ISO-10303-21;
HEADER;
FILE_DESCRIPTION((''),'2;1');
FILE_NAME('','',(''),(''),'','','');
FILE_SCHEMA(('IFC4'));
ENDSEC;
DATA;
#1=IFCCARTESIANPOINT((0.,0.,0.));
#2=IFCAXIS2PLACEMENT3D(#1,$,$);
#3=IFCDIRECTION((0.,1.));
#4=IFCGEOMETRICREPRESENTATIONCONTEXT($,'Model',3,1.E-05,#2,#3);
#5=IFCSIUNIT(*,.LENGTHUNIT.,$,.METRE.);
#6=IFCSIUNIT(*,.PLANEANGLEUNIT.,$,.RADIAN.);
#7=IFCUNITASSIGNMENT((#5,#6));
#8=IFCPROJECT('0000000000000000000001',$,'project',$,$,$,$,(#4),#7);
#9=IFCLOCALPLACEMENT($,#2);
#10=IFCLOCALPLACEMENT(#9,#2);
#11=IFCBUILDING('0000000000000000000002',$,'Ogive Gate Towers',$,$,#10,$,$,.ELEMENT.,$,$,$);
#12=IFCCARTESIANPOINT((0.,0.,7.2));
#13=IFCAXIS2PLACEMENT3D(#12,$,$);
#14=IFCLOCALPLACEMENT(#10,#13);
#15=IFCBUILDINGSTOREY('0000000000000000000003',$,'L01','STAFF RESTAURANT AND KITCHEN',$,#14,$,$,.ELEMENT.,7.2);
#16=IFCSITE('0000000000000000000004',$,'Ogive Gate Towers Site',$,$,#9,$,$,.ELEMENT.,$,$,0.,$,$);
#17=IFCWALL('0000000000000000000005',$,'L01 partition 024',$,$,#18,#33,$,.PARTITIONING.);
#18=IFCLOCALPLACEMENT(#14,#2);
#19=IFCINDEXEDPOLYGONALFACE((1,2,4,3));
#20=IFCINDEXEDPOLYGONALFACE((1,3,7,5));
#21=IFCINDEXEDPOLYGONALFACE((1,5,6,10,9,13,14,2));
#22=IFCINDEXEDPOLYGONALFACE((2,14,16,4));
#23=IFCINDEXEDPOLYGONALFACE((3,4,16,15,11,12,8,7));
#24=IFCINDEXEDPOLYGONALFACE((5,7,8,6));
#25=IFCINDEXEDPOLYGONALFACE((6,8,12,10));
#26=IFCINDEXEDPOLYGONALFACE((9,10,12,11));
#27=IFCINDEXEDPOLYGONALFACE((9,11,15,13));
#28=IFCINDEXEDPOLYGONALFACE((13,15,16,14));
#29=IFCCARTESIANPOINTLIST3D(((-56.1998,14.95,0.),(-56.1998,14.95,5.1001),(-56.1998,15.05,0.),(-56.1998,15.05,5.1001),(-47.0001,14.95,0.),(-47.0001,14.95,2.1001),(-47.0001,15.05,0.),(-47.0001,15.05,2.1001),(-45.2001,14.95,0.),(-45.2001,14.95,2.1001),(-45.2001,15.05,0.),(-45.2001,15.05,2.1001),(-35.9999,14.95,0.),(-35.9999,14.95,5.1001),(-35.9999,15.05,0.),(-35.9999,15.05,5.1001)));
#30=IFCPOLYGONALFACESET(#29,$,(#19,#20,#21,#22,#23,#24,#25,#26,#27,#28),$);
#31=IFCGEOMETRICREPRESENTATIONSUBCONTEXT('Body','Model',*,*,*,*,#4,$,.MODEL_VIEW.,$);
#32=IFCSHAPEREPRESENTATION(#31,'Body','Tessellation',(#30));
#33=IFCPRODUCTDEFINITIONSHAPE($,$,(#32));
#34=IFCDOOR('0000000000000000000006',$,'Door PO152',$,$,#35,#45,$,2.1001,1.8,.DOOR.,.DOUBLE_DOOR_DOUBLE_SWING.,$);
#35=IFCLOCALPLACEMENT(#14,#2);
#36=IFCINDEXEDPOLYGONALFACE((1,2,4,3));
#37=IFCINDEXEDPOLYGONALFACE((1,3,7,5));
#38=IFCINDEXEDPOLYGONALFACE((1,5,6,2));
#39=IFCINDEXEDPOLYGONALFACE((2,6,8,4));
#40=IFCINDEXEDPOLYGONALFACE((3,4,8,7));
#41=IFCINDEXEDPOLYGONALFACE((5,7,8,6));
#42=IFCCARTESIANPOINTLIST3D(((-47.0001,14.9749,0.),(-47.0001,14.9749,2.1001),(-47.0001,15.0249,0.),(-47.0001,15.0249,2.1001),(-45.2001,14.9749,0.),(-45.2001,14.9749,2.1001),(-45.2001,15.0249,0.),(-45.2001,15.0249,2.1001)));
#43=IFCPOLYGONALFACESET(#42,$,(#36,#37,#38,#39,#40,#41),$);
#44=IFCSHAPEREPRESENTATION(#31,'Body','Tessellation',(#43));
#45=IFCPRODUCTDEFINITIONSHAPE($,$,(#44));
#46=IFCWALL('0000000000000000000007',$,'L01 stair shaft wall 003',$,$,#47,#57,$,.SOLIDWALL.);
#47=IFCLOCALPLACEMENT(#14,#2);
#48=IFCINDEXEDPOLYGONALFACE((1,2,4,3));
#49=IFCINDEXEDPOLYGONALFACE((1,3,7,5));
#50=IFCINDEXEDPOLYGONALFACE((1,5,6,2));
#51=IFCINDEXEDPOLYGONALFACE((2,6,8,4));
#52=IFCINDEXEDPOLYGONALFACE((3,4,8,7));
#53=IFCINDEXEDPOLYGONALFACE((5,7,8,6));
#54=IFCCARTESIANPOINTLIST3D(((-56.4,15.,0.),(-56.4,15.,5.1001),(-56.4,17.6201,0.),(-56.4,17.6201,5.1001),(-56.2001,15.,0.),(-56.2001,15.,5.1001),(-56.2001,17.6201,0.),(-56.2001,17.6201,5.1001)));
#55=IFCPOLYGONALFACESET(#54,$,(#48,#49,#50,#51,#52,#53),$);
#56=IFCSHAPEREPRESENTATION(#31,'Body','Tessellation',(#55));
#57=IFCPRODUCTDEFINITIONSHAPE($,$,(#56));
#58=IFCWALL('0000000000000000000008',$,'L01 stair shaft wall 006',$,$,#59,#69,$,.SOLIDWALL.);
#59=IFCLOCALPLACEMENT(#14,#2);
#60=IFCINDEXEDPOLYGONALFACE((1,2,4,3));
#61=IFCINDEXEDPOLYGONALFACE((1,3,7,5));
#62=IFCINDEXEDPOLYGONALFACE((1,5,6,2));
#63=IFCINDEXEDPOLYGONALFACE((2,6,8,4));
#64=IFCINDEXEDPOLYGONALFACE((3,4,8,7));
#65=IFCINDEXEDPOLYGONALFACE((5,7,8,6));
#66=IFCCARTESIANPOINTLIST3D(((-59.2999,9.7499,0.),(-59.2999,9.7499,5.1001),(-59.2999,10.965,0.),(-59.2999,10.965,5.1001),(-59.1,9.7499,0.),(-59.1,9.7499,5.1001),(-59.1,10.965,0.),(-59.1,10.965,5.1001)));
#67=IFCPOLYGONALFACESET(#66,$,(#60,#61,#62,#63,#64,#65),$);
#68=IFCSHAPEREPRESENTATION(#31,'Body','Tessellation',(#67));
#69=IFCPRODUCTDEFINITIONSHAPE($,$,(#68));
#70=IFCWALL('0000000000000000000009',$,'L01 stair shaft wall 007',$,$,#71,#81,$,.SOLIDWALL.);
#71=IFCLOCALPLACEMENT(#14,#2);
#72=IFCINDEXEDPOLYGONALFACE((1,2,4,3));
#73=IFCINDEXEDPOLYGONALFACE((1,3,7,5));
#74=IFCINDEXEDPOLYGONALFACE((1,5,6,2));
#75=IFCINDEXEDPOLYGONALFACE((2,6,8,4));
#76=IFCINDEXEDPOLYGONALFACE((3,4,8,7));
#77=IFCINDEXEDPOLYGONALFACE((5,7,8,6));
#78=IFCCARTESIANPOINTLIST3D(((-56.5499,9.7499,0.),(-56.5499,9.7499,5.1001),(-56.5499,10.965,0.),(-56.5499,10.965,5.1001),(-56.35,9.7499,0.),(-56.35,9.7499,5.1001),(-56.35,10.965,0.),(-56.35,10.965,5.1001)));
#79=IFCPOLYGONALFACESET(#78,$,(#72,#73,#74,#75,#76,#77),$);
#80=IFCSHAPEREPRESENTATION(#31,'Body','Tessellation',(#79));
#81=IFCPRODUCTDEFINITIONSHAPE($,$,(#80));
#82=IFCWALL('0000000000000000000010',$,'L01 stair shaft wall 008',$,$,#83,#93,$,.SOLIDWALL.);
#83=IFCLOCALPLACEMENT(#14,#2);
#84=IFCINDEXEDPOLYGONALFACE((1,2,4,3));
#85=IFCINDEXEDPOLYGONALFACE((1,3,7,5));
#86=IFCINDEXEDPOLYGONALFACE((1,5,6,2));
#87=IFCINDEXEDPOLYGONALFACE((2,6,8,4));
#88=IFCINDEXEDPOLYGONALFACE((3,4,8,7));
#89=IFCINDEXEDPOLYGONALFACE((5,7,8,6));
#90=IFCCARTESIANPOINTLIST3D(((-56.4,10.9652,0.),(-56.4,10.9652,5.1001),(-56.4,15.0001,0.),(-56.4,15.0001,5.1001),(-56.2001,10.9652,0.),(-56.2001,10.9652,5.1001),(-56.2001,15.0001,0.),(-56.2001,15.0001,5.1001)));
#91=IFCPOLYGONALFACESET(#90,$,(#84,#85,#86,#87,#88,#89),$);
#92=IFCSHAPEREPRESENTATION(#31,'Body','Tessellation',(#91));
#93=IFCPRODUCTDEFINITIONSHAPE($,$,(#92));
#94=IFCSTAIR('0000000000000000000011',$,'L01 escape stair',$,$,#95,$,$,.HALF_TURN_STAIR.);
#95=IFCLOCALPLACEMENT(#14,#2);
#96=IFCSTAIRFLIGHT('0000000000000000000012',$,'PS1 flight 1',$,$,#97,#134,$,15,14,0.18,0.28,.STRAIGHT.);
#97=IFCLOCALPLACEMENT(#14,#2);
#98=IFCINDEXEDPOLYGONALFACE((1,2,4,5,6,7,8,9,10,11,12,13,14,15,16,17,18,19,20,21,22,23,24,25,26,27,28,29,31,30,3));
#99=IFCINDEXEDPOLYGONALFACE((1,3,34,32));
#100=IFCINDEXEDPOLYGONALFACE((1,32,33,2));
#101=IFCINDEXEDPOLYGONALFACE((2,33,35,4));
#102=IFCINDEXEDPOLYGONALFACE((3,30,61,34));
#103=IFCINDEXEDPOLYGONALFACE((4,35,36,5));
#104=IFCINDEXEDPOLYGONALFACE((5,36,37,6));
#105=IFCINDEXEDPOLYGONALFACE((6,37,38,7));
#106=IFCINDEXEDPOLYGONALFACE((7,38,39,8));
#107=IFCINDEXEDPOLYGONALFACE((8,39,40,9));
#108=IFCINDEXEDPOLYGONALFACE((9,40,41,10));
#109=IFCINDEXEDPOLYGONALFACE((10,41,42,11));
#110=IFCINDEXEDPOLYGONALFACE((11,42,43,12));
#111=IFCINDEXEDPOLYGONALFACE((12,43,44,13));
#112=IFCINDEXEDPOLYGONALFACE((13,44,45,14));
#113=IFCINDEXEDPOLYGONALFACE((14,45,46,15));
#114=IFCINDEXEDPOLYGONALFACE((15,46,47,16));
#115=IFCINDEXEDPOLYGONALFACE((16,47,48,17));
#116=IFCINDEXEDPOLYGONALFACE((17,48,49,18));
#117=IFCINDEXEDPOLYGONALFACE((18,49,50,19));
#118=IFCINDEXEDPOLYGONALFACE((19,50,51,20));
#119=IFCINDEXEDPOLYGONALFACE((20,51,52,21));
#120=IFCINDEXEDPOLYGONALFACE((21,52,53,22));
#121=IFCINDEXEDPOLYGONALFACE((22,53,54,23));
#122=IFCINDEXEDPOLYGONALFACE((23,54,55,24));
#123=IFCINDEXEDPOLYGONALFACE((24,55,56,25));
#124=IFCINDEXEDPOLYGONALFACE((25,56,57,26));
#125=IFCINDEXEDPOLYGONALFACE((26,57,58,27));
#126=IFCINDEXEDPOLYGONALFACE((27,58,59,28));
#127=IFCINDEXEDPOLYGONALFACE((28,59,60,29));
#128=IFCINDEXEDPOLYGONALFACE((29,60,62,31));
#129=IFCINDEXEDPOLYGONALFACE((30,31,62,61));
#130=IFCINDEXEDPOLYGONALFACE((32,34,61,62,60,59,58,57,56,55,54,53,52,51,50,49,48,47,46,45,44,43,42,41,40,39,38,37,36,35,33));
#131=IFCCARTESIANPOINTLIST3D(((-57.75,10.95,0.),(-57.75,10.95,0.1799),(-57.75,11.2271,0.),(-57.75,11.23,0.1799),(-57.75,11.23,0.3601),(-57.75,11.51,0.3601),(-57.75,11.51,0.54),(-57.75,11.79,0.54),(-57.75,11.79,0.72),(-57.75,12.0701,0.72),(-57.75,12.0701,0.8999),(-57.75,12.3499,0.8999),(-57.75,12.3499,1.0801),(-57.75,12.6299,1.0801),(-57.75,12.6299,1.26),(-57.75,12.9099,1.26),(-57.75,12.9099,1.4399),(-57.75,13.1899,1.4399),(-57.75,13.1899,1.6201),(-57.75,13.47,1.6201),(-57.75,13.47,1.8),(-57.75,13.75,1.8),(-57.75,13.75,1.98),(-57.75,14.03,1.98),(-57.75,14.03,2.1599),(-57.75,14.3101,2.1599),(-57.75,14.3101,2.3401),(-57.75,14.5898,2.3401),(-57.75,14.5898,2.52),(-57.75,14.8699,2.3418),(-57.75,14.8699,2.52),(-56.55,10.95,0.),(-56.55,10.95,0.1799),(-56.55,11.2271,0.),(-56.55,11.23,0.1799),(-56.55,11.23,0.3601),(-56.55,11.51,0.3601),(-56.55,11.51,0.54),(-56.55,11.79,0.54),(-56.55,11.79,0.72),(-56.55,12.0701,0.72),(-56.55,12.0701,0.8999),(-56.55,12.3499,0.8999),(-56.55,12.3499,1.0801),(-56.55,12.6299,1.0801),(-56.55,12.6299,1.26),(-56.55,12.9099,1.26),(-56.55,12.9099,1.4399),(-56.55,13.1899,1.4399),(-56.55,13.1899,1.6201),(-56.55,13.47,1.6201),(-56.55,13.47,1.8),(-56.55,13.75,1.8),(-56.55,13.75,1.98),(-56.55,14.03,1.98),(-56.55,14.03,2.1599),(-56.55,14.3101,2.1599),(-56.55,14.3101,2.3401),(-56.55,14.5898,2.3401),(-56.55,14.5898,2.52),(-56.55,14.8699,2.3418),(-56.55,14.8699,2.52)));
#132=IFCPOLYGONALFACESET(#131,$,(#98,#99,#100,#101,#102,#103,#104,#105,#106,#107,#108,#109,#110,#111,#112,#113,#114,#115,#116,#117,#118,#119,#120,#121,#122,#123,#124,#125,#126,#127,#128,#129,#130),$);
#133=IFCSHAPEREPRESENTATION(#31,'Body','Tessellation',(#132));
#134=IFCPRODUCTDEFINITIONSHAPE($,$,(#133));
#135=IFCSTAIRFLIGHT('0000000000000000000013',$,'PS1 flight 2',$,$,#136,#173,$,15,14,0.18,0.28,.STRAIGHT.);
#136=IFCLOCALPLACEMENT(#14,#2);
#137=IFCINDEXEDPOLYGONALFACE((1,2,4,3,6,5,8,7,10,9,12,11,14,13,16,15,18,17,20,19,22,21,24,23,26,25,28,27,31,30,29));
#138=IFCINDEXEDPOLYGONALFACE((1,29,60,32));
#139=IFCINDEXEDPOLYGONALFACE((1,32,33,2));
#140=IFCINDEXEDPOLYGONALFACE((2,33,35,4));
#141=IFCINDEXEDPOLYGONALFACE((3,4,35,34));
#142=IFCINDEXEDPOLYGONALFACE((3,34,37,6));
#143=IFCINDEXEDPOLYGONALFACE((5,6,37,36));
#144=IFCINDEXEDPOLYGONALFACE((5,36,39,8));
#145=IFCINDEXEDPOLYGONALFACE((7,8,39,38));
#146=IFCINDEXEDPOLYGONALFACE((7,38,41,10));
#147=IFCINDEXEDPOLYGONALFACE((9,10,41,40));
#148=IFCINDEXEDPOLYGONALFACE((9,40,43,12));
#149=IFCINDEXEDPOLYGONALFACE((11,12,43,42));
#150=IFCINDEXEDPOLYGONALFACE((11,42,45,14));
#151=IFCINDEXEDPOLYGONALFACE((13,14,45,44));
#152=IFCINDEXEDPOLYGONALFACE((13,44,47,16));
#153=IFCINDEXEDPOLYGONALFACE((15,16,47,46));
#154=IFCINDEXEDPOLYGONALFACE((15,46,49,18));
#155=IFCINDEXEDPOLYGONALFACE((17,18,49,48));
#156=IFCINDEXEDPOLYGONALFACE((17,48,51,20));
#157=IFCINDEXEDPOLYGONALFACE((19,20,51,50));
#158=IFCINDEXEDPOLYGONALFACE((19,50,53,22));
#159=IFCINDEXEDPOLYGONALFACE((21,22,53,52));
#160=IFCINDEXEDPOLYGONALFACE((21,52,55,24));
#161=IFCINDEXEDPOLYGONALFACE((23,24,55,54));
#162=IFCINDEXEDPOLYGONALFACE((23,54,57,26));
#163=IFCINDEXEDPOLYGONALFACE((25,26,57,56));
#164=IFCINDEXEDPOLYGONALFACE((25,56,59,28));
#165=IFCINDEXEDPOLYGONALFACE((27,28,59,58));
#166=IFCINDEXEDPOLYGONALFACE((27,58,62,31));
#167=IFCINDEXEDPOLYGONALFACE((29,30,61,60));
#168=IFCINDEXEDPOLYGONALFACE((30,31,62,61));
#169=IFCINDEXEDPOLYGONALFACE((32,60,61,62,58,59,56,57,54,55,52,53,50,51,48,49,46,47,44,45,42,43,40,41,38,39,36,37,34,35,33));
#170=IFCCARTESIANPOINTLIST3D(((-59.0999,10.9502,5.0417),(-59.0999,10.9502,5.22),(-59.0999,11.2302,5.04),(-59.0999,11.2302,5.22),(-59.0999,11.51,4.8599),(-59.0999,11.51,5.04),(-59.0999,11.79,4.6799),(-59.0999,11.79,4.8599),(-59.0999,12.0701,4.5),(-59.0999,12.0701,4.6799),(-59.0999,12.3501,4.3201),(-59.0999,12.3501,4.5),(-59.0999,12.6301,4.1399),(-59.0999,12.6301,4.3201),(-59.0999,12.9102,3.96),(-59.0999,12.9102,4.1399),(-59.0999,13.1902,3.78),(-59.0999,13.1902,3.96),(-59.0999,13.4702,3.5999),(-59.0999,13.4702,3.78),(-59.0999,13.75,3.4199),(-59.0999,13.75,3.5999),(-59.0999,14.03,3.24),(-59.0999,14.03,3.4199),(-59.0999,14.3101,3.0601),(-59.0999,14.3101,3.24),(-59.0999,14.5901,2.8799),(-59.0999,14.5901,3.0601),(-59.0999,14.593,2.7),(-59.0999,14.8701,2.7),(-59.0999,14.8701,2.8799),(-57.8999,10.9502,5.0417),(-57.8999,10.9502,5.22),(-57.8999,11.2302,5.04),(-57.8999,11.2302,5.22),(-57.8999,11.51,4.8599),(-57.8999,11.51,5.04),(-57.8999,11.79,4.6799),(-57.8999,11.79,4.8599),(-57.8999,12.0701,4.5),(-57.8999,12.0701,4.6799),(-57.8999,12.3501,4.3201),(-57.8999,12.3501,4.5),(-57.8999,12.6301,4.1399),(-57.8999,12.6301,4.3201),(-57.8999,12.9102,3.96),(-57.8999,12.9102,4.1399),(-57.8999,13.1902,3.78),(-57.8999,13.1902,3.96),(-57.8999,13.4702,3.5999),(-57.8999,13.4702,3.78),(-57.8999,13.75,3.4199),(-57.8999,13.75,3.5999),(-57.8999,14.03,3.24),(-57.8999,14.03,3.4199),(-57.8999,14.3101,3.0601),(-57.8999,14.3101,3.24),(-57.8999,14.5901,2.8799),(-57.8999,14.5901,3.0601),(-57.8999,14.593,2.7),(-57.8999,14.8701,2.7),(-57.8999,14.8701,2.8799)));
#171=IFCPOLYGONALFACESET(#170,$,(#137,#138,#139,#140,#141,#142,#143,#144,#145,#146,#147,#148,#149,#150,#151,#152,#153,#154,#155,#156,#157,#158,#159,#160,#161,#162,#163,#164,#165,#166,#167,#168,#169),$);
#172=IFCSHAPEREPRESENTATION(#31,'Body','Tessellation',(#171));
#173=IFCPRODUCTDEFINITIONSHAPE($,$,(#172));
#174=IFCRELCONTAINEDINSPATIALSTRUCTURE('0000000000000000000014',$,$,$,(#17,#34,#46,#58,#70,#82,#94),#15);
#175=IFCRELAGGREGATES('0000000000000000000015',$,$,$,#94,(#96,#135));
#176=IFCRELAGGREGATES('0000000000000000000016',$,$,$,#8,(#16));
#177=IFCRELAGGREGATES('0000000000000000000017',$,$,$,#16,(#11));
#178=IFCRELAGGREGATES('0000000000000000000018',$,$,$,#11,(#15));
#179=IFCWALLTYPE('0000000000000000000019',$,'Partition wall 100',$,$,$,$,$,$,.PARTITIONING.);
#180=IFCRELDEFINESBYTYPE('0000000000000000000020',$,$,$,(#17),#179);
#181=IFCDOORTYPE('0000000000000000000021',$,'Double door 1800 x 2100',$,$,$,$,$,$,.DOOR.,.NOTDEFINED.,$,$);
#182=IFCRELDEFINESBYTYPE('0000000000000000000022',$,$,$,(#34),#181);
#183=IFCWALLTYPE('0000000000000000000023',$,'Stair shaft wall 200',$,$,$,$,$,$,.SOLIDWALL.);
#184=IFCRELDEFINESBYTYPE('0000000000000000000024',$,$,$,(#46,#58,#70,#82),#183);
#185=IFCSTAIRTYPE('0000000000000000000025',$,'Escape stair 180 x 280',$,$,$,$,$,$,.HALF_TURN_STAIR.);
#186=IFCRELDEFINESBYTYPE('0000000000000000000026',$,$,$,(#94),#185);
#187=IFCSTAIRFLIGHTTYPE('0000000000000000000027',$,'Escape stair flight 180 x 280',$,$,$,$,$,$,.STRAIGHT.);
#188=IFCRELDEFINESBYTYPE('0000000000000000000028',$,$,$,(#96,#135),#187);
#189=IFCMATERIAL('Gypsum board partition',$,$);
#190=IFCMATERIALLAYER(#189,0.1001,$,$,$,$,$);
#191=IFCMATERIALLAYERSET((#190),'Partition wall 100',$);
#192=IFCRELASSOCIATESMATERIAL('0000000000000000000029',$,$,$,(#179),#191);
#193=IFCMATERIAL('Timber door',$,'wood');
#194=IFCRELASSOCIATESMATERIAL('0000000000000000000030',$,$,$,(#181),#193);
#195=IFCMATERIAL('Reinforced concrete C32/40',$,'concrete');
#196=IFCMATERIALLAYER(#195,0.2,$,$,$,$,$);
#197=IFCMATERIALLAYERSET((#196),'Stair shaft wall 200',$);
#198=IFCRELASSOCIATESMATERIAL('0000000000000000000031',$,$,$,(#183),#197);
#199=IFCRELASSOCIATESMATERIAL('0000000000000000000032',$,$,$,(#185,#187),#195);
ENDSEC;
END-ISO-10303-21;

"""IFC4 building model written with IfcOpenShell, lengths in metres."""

from ifc_helpers import new_model, si_unit, direction, frame, frame_2d, origin, place, context, subcontext, project, spatial, polyline, rectangle, outline, extrude, material, layer, layer_set, type_object, element, fill, aggregate, save


model = new_model("IFC4")

# Units and contexts
model_context = context("Model", 3, precision=1e-05, world=origin(), true_north=direction((0.0, 1.0)))
body_context = subcontext(model_context, "Body", "Model", "MODEL_VIEW")
ifc_project = project(units=[si_unit("LENGTHUNIT", "METRE"), si_unit("PLANEANGLEUNIT", "RADIAN")], contexts=[model_context])

# Site, building, storey
site_placement = place(None, origin())
site = spatial("IfcSite", under=ifc_project, at=site_placement, Name="Ogive Gate Towers Site", CompositionType="ELEMENT", RefElevation=0.0)
building_placement = place(site_placement, origin())
building = spatial("IfcBuilding", under=site, at=building_placement, Name="Ogive Gate Towers", CompositionType="ELEMENT")
storey_placement = place(building_placement, frame((0.0, 0.0, 7.2)))
storey = spatial("IfcBuildingStorey", under=building, at=storey_placement, Name="L01", Description="STAFF RESTAURANT AND KITCHEN", CompositionType="ELEMENT", Elevation=7.2)

# Wall, opening, door
ifc_material_1 = material(Name="Gypsum board partition")
ifc_layer_1 = layer(ifc_material_1, 0.1001)
ifc_layer_set_1 = layer_set([ifc_layer_1], Name="Partition wall 100")
wall_type_1 = type_object("IfcWallType", Name="Partition wall 100", PredefinedType="PARTITIONING", material=ifc_layer_set_1)
wall_1_placement = place(storey_placement, frame((-56.2, 15.0, 0.0), z_axis=(0.0, 0.0, 1.0), x_axis=(1.0, 0.0, 0.0)))
wall_1 = element("IfcWall", 1, at=wall_1_placement, inside=storey, type_object=wall_type_1, Name="L01 partition 024", PredefinedType="PARTITIONING", context=body_context, shape_type="SweptSolid", body=[
    extrude(rectangle(XDim=20.2, YDim=0.1001, at=frame_2d((10.1001, 0.0))), origin(), (0.0, 0.0, 1.0), 5.1001),
])
opening_placement = place(wall_1_placement, frame((9.2, 0.0, 0.0)))
opening = element("IfcOpeningElement", 2, at=opening_placement, cuts=wall_1, PredefinedType="OPENING", context=body_context, shape_type="SweptSolid", body=[
    extrude(rectangle(XDim=1.8, YDim=2.1001, at=frame_2d((0.8999, 1.05))), frame((0.0, 0.0601, 0.0), z_axis=(0.0, -1.0, 0.0), x_axis=(1.0, 0.0, 0.0)), (0.0, 0.0, 1.0), 0.1201),
])
ifc_material_2 = material(Name="Timber door", Category="wood")
door_type = type_object("IfcDoorType", Name="Double door 1800 x 2100", OperationType="NOTDEFINED", PredefinedType="DOOR", material=ifc_material_2)
door_placement = place(opening_placement, origin())
door = element("IfcDoor", 3, at=door_placement, inside=storey, type_object=door_type, Name="Door PO152", OperationType="DOUBLE_DOOR_DOUBLE_SWING", OverallHeight=2.1001, OverallWidth=1.8, PredefinedType="DOOR", context=body_context, shape_type="SweptSolid", body=[
    extrude(rectangle(XDim=1.8, YDim=2.1001, at=frame_2d((0.8999, 1.05))), frame((0.0, 0.0249, 0.0), z_axis=(0.0, -1.0, 0.0), x_axis=(1.0, 0.0, 0.0)), (0.0, 0.0, 1.0), 0.05),
])
fill(opening, door)

# Walls
ifc_material_3 = material(Name="Reinforced concrete C32/40", Category="concrete")
ifc_layer_2 = layer(ifc_material_3, 0.2)
ifc_layer_set_2 = layer_set([ifc_layer_2], Name="Stair shaft wall 200")
wall_type_2 = type_object("IfcWallType", Name="Stair shaft wall 200", PredefinedType="SOLIDWALL", material=ifc_layer_set_2)
wall_2_placement = place(storey_placement, frame((-56.3, 15.0, 0.0), z_axis=(0.0, 0.0, 1.0), x_axis=(0.0, 1.0, 0.0)))
element("IfcWall", 4, at=wall_2_placement, inside=storey, type_object=wall_type_2, Name="L01 stair shaft wall 003", PredefinedType="SOLIDWALL", context=body_context, shape_type="SweptSolid", body=[
    extrude(rectangle(XDim=2.6201, YDim=0.2, at=frame_2d((1.3101, 0.0))), origin(), (0.0, 0.0, 1.0), 5.1001),
])
for number, where, z_axis, x_axis, name in (
    (5, (-59.2, 9.75, 0.0), (0.0, 0.0, 1.0), (0.0, 1.0, 0.0), "L01 stair shaft wall 006"),
    (6, (-56.45, 9.75, 0.0), (0.0, 0.0, 1.0), (0.0, 1.0, 0.0), "L01 stair shaft wall 007"),
):
    element("IfcWall", number, at=place(storey_placement, frame(where, z_axis=z_axis, x_axis=x_axis)), inside=storey, type_object=wall_type_2, Name=name, PredefinedType="SOLIDWALL", context=body_context, shape_type="SweptSolid", body=[
        extrude(rectangle(XDim=1.2151, YDim=0.2, at=frame_2d((0.6074, 0.0))), origin(), (0.0, 0.0, 1.0), 5.1001),
    ])
wall_3_placement = place(storey_placement, frame((-56.3, 10.9651, 0.0), z_axis=(0.0, 0.0, 1.0), x_axis=(0.0, 1.0, 0.0)))
element("IfcWall", 7, at=wall_3_placement, inside=storey, type_object=wall_type_2, Name="L01 stair shaft wall 008", PredefinedType="SOLIDWALL", context=body_context, shape_type="SweptSolid", body=[
    extrude(rectangle(XDim=4.0349, YDim=0.2, at=frame_2d((2.0176, 0.0))), origin(), (0.0, 0.0, 1.0), 5.1001),
])

# Stair, stair flights
stair_type = type_object("IfcStairType", Name="Escape stair 180 x 280", PredefinedType="HALF_TURN_STAIR", material=ifc_material_3)
stair_placement = place(storey_placement, origin())
stair = element("IfcStair", 8, at=stair_placement, inside=storey, type_object=stair_type, Name="L01 escape stair", PredefinedType="HALF_TURN_STAIR")
stair_flight_type = type_object("IfcStairFlightType", Name="Escape stair flight 180 x 280", PredefinedType="STRAIGHT", material=ifc_material_3)
stair_flight_1_placement = place(storey_placement, frame((-57.1499, 10.95, 0.0), z_axis=(0.0, 0.0, 1.0), x_axis=(0.0, 1.0, 0.0)))
stair_flight_1 = element("IfcStairFlight", 9, at=stair_flight_1_placement, type_object=stair_flight_type, Name="PS1 flight 1", NumberOfRisers=15, NumberOfTreads=14, PredefinedType="STRAIGHT", RiserHeight=0.18, TreadLength=0.28, context=body_context, shape_type="SweptSolid", body=[
    extrude(outline(polyline([(0.0, 0.0), (0.0, 0.1799), (0.28, 0.1799), (0.28, 0.3601), (0.5601, 0.3601), (0.5601, 0.54), (0.8401, 0.54), (0.8401, 0.72), (1.1201, 0.72), (1.1201, 0.8999), (1.3999, 0.8999), (1.3999, 1.0801), (1.6799, 1.0801), (1.6799, 1.26), (1.96, 1.26), (1.96, 1.4399), (2.24, 1.4399), (2.24, 1.6201), (2.52, 1.6201), (2.52, 1.8), (2.8, 1.8), (2.8, 1.98), (3.0801, 1.98), (3.0801, 2.1599), (3.3601, 2.1599), (3.3601, 2.3401), (3.6399, 2.3401), (3.6399, 2.52), (3.9199, 2.52), (3.9199, 2.7), (3.9199, 2.3418), (0.2771, 0.0), (0.0, 0.0)])), frame((0.0, 0.6001, 0.0), z_axis=(0.0, -1.0, 0.0), x_axis=(1.0, 0.0, 0.0)), (0.0, 0.0, 1.0), 1.2),
])
stair_flight_2_placement = place(storey_placement, frame((-58.5, 14.8701, 2.7), z_axis=(0.0, 0.0, 1.0), x_axis=(0.0, -1.0, 0.0)))
stair_flight_2 = element("IfcStairFlight", 10, at=stair_flight_2_placement, type_object=stair_flight_type, Name="PS1 flight 2", NumberOfRisers=15, NumberOfTreads=14, PredefinedType="STRAIGHT", RiserHeight=0.18, TreadLength=0.28, context=body_context, shape_type="SweptSolid", body=[
    extrude(outline(polyline([(0.0, 0.0), (0.0, 0.1799), (0.28, 0.1799), (0.28, 0.3601), (0.5601, 0.3601), (0.5601, 0.54), (0.8401, 0.54), (0.8401, 0.72), (1.1201, 0.72), (1.1201, 0.8999), (1.3999, 0.8999), (1.3999, 1.0801), (1.6799, 1.0801), (1.6799, 1.26), (1.96, 1.26), (1.96, 1.4399), (2.24, 1.4399), (2.24, 1.6201), (2.52, 1.6201), (2.52, 1.8), (2.8, 1.8), (2.8, 1.98), (3.0801, 1.98), (3.0801, 2.1599), (3.3601, 2.1599), (3.3601, 2.3401), (3.6399, 2.3401), (3.6399, 2.52), (3.9199, 2.52), (3.9199, 2.7), (3.9199, 2.3418), (0.2771, 0.0), (0.0, 0.0)])), frame((0.0, 0.6001, 0.0), z_axis=(0.0, -1.0, 0.0), x_axis=(1.0, 0.0, 0.0)), (0.0, 0.0, 1.0), 1.2),
])
aggregate(stair, [stair_flight_1, stair_flight_2])

save(model, "model.ifc")
